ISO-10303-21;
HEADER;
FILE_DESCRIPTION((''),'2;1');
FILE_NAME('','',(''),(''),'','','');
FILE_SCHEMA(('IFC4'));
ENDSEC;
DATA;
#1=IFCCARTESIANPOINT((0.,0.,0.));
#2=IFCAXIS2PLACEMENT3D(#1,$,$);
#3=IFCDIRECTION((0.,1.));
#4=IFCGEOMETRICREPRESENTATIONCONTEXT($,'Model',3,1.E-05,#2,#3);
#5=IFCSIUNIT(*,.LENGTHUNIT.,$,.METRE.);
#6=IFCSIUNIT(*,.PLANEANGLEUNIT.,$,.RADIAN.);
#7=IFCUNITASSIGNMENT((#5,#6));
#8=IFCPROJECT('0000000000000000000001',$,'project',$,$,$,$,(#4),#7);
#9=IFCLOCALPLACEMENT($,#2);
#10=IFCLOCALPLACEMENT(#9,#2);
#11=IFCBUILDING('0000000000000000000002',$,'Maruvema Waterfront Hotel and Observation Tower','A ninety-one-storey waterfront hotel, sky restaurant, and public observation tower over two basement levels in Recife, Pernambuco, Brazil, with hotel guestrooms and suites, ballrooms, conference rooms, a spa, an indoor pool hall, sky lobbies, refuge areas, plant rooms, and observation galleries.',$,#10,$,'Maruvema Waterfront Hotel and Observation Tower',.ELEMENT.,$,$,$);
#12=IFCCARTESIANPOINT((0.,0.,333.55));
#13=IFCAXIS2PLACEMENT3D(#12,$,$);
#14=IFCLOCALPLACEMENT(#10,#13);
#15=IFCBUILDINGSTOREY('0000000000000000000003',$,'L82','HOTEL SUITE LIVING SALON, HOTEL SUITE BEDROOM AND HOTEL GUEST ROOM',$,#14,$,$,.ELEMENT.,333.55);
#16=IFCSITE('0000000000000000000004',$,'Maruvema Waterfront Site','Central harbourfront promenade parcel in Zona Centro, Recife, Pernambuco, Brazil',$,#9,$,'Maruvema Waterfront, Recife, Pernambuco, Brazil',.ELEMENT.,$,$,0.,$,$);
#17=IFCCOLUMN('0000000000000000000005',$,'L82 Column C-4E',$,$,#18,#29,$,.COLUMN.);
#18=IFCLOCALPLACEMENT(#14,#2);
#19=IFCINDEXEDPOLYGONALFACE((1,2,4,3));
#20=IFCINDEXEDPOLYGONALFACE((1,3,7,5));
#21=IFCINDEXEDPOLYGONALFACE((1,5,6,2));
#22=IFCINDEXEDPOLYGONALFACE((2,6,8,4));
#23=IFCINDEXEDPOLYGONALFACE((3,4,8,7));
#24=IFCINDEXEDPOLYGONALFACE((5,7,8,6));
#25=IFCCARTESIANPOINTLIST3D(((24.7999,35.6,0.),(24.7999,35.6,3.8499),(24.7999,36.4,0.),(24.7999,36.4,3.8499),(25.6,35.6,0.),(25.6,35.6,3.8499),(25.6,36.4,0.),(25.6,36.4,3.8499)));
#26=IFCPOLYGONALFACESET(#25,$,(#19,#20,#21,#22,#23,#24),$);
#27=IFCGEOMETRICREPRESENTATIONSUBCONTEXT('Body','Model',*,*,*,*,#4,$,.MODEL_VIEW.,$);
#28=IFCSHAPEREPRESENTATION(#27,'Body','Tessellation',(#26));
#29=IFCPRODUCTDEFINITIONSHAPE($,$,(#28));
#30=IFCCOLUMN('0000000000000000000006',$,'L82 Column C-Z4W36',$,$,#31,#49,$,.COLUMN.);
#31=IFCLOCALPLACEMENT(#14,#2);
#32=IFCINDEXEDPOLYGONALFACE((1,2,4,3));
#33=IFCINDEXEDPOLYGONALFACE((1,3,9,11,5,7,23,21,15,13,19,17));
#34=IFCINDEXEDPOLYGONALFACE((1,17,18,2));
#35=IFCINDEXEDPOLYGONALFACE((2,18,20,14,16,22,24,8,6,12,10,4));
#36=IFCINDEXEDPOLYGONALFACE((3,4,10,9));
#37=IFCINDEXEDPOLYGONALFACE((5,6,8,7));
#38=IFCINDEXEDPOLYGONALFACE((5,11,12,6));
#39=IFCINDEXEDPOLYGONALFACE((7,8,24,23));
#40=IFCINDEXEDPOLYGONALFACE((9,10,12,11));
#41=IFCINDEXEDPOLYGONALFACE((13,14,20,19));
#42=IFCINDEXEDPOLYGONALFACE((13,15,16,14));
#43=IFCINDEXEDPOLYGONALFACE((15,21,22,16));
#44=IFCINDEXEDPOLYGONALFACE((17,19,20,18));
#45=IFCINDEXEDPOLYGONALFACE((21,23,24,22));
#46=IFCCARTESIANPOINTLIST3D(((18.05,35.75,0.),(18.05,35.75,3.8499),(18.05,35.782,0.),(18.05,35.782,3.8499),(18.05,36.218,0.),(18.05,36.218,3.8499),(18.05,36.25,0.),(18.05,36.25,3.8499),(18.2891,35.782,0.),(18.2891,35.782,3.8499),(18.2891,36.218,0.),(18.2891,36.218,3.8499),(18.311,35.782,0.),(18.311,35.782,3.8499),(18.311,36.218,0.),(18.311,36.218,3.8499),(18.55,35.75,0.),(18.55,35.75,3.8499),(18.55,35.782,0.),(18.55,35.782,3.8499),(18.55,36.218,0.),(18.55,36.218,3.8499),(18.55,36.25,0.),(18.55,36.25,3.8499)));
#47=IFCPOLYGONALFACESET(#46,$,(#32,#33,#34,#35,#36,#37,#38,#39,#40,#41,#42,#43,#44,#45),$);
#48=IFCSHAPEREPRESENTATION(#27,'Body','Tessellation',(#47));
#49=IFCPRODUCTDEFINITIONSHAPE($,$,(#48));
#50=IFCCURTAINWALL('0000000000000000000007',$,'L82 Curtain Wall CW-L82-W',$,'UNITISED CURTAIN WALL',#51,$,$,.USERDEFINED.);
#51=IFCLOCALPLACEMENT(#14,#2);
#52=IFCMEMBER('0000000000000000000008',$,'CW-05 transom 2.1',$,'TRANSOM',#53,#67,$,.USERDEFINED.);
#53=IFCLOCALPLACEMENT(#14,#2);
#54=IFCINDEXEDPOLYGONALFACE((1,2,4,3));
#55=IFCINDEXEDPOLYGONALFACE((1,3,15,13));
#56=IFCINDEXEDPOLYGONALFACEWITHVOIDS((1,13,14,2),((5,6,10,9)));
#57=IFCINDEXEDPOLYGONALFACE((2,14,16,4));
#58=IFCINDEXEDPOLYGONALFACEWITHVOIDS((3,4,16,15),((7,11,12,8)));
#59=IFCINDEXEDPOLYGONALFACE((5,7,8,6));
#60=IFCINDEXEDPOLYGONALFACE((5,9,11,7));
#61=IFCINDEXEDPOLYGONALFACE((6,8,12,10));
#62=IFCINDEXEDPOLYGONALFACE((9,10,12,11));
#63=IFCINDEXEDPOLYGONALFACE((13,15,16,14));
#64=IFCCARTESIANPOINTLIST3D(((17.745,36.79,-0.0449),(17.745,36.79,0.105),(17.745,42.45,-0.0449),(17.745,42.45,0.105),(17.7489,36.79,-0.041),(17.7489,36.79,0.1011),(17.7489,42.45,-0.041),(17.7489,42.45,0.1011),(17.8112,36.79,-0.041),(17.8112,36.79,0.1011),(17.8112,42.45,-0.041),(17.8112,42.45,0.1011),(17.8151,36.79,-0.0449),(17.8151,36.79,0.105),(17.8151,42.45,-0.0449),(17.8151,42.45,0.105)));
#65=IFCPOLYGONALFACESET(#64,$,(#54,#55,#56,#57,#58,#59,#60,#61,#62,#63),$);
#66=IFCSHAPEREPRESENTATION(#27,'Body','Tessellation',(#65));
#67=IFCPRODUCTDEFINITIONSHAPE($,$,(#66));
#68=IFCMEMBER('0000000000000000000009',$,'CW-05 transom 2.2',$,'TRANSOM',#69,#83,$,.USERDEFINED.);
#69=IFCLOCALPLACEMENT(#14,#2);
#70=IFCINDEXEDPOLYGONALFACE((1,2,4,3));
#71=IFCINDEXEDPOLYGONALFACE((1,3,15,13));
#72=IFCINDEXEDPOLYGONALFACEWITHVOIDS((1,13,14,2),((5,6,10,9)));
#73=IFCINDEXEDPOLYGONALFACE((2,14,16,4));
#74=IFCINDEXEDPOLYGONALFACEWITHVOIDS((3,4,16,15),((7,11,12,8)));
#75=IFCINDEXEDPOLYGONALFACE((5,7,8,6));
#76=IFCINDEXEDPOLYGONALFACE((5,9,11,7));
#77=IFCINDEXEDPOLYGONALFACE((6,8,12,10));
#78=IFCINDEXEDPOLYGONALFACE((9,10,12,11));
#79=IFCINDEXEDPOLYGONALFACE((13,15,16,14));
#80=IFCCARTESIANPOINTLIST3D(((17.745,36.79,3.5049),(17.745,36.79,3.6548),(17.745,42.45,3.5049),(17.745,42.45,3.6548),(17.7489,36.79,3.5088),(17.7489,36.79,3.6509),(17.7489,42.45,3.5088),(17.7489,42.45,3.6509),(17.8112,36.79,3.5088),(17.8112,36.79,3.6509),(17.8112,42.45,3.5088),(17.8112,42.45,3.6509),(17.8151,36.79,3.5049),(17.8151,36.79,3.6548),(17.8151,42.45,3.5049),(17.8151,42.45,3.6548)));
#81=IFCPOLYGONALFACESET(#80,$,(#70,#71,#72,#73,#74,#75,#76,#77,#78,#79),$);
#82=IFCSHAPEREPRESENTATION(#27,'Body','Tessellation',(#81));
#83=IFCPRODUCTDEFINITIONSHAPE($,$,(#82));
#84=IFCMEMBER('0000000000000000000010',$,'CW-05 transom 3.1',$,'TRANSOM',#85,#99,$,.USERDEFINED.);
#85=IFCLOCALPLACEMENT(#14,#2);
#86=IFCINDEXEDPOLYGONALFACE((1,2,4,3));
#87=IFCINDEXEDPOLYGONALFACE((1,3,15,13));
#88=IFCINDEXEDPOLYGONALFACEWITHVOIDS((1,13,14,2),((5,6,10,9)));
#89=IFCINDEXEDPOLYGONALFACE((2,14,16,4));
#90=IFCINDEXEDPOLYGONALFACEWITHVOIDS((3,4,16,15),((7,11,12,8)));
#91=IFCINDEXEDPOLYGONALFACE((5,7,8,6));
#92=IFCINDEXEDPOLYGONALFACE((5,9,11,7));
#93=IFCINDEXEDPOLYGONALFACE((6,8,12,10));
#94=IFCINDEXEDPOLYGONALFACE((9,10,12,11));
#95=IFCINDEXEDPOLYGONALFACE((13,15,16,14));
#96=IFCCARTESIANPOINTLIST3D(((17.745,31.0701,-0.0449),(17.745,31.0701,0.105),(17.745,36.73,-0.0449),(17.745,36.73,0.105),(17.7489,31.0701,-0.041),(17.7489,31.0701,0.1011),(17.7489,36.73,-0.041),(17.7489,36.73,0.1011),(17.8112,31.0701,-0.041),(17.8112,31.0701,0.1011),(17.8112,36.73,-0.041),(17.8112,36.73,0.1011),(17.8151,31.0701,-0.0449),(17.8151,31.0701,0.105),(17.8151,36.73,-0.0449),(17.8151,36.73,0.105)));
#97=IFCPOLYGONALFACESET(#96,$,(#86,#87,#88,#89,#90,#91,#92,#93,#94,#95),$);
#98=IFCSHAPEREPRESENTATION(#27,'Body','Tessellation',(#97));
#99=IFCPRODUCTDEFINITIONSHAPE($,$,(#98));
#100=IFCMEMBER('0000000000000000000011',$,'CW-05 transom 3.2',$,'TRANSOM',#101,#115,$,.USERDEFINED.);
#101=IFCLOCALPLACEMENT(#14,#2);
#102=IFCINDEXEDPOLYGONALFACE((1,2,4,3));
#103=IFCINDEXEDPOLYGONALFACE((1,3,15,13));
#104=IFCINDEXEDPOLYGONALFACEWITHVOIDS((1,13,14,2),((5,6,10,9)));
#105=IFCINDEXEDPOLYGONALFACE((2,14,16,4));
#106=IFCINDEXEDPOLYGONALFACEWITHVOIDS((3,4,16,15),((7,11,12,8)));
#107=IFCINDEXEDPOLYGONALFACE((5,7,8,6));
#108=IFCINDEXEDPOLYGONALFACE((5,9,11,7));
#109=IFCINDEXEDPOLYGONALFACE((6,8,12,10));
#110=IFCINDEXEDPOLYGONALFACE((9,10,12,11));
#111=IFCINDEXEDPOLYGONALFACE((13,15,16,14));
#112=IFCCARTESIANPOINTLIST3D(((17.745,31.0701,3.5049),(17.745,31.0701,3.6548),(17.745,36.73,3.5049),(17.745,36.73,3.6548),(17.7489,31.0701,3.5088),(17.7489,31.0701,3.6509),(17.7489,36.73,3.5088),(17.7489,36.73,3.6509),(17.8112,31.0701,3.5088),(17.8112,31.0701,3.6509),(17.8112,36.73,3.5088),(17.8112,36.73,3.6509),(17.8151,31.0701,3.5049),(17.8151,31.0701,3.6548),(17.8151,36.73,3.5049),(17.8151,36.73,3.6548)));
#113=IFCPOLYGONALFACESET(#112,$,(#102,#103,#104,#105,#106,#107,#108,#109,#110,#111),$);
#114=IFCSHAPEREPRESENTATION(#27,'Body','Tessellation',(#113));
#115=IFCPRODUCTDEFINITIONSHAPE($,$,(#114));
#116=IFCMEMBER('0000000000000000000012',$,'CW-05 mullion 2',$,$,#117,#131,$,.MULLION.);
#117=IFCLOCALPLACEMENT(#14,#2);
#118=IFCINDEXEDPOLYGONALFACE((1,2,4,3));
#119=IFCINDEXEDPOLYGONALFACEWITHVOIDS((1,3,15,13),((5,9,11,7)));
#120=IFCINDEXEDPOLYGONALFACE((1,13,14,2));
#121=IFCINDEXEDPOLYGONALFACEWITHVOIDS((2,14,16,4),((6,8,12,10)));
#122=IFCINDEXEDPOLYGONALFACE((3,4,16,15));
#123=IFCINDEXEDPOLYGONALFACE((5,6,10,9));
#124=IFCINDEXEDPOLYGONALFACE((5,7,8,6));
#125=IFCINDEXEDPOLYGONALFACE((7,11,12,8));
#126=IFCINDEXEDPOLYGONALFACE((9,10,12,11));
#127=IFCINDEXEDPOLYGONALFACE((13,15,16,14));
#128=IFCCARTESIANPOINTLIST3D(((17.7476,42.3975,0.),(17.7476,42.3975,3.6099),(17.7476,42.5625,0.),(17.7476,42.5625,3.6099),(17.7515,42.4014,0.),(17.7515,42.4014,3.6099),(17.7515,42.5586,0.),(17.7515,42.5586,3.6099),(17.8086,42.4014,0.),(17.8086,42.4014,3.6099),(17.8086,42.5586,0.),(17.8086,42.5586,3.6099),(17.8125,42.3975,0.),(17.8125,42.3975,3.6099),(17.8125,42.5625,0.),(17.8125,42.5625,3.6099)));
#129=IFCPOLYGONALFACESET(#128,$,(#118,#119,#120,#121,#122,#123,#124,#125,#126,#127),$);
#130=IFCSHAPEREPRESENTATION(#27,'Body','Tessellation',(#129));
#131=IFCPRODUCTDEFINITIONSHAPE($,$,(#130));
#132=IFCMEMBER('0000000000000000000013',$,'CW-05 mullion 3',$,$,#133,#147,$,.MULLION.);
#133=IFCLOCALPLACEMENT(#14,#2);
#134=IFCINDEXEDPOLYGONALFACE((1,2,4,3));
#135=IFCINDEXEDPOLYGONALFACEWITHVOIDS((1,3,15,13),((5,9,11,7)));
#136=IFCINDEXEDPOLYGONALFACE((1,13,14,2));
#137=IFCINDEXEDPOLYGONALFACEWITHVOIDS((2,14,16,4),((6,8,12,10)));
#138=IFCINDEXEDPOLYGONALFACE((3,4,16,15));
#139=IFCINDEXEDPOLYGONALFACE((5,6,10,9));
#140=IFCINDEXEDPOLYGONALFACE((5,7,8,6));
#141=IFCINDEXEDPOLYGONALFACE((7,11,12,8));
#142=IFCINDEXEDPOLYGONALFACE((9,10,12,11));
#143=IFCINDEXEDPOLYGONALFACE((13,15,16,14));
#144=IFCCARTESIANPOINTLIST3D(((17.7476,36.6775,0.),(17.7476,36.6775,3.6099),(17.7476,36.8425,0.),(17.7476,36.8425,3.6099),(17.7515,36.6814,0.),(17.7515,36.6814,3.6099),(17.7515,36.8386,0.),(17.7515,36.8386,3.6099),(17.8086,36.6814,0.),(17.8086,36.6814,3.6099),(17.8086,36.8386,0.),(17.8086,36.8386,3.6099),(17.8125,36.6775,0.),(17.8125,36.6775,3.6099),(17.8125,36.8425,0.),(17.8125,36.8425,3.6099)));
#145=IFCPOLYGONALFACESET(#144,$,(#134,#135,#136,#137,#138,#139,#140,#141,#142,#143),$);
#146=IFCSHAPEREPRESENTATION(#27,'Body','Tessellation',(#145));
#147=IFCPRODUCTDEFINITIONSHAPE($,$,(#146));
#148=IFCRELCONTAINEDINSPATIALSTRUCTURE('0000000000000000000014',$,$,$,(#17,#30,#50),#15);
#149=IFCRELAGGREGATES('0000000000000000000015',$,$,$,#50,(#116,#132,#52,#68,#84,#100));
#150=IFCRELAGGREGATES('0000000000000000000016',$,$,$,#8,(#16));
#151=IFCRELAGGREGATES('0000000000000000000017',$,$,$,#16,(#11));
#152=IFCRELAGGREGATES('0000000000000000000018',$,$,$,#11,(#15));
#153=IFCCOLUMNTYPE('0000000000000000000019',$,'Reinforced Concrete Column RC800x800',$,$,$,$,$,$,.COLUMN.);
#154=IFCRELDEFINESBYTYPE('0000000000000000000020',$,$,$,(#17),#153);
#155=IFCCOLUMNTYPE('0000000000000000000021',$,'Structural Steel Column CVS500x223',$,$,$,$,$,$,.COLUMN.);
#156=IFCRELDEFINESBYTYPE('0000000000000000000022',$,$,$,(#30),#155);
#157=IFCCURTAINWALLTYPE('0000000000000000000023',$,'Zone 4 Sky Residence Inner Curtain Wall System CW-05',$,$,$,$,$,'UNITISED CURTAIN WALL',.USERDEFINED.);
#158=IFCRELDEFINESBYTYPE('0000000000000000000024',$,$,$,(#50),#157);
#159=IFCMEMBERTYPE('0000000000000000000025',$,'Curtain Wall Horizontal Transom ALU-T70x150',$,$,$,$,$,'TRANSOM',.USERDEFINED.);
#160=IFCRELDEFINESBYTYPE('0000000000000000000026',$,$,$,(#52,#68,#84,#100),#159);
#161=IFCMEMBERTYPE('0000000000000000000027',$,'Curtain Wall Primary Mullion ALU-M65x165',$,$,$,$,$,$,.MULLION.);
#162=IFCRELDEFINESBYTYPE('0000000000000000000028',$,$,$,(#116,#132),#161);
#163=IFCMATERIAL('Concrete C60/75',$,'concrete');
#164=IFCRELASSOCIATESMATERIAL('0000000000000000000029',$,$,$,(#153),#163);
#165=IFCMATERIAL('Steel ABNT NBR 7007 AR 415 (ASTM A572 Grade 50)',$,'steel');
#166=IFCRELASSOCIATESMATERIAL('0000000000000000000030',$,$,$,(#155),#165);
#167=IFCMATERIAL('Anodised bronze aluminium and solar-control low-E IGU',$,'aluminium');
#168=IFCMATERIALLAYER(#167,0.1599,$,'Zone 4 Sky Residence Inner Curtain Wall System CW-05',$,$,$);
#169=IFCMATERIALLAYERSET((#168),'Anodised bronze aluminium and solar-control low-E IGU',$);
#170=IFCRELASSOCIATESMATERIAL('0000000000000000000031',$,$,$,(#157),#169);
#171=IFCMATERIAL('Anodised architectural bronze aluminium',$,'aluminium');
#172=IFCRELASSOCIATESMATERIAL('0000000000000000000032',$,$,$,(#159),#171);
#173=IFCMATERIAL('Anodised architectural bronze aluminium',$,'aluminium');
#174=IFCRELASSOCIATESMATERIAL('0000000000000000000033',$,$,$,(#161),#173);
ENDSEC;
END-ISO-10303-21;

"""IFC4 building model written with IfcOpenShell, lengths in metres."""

from ifc_helpers import new_model, si_unit, direction, frame, origin, origin_2d, place, context, subcontext, project, spatial, rectangle, hollow_rectangle, i_section, extrude, material, layer, layer_set, material_profile, profile_set, type_object, element, aggregate, save


model = new_model("IFC4")

# Units and contexts
model_context = context("Model", 3, precision=1e-05, world=origin(), true_north=direction((0.0, 1.0)))
body_context = subcontext(model_context, "Body", "Model", "MODEL_VIEW")
ifc_project = project(units=[si_unit("LENGTHUNIT", "METRE"), si_unit("PLANEANGLEUNIT", "RADIAN")], contexts=[model_context])

# Site, building, storey
site_placement = place(None, origin())
site = spatial("IfcSite", under=ifc_project, at=site_placement, Name="Maruvema Waterfront Site", Description="Central harbourfront promenade parcel in Zona Centro, Recife, Pernambuco, Brazil", LongName="Maruvema Waterfront, Recife, Pernambuco, Brazil", CompositionType="ELEMENT", RefElevation=0.0)
building_placement = place(site_placement, origin())
building = spatial("IfcBuilding", under=site, at=building_placement, Name="Maruvema Waterfront Hotel and Observation Tower", Description="A ninety-one-storey waterfront hotel, sky restaurant, and public observation tower over two basement levels in Recife, Pernambuco, Brazil, with hotel guestrooms and suites, ballrooms, conference rooms, a spa, an indoor pool hall, sky lobbies, refuge areas, plant rooms, and observation galleries.", LongName="Maruvema Waterfront Hotel and Observation Tower", CompositionType="ELEMENT")
storey_placement = place(building_placement, frame((0.0, 0.0, 333.55)))
storey = spatial("IfcBuildingStorey", under=building, at=storey_placement, Name="L82", Description="HOTEL SUITE LIVING SALON, HOTEL SUITE BEDROOM AND HOTEL GUEST ROOM", CompositionType="ELEMENT", Elevation=333.55)

# Columns
ifc_material_1 = material(Name="Concrete C60/75", Category="concrete")
ifc_material_profile_1 = material_profile(ifc_material_1, rectangle(XDim=0.8, YDim=0.8, at=origin_2d()), Name="RC800x800")
ifc_profile_set_1 = profile_set([ifc_material_profile_1], Name="Concrete C60/75")
column_type_1 = type_object("IfcColumnType", Name="Reinforced Concrete Column RC800x800", PredefinedType="COLUMN", material=ifc_profile_set_1)
column_1_placement = place(storey_placement, frame((25.2, 36.0, 0.0), z_axis=(0.0, 0.0, 1.0), x_axis=(1.0, 0.0, 0.0)))
element("IfcColumn", 1, at=column_1_placement, inside=storey, type_object=column_type_1, Name="L82 Column C-4E", PredefinedType="COLUMN", context=body_context, shape_type="SweptSolid", body=[
    extrude(rectangle(XDim=0.8, YDim=0.8, at=origin_2d()), origin(), (0.0, 0.0, 1.0), 3.8499),
])
ifc_material_2 = material(Name="Steel ABNT NBR 7007 AR 415 (ASTM A572 Grade 50)", Category="steel")
ifc_material_profile_2 = material_profile(ifc_material_2, i_section(OverallWidth=0.5, OverallDepth=0.5, WebThickness=0.022, FlangeThickness=0.032, at=origin_2d()), Name="CVS500x223")
ifc_profile_set_2 = profile_set([ifc_material_profile_2], Name="Steel ABNT NBR 7007 AR 415 (ASTM A572 Grade 50)")
column_type_2 = type_object("IfcColumnType", Name="Structural Steel Column CVS500x223", PredefinedType="COLUMN", material=ifc_profile_set_2)
column_2_placement = place(storey_placement, frame((18.3, 36.0, 0.0), z_axis=(0.0, 0.0, 1.0), x_axis=(1.0, 0.0, 0.0)))
element("IfcColumn", 2, at=column_2_placement, inside=storey, type_object=column_type_2, Name="L82 Column C-Z4W36", PredefinedType="COLUMN", context=body_context, shape_type="SweptSolid", body=[
    extrude(i_section(OverallWidth=0.5, OverallDepth=0.5, WebThickness=0.022, FlangeThickness=0.032, at=origin_2d()), origin(), (0.0, 0.0, 1.0), 3.8499),
])

# Curtain wall, members
ifc_material_3 = material(Name="Anodised bronze aluminium and solar-control low-E IGU", Category="aluminium")
ifc_layer_1 = layer(ifc_material_3, 0.1599, Name="Zone 4 Sky Residence Inner Curtain Wall System CW-05")
ifc_layer_set_1 = layer_set([ifc_layer_1], Name="Anodised bronze aluminium and solar-control low-E IGU")
curtain_wall_type = type_object("IfcCurtainWallType", Name="Zone 4 Sky Residence Inner Curtain Wall System CW-05", ElementType="UNITISED CURTAIN WALL", PredefinedType="USERDEFINED", material=ifc_layer_set_1)
curtain_wall_placement = place(storey_placement, origin())
curtain_wall = element("IfcCurtainWall", 3, at=curtain_wall_placement, inside=storey, type_object=curtain_wall_type, Name="L82 Curtain Wall CW-L82-W", ObjectType="UNITISED CURTAIN WALL", PredefinedType="USERDEFINED")
ifc_material_4 = material(Name="Anodised architectural bronze aluminium", Category="aluminium")
ifc_material_profile_3 = material_profile(ifc_material_4, hollow_rectangle(XDim=0.0701, YDim=0.1499, WallThickness=0.0039, at=origin_2d()), Name="ALU-T70x150")
ifc_profile_set_3 = profile_set([ifc_material_profile_3], Name="Anodised architectural bronze aluminium")
member_type_1 = type_object("IfcMemberType", Name="Curtain Wall Horizontal Transom ALU-T70x150", ElementType="TRANSOM", PredefinedType="USERDEFINED", material=ifc_profile_set_3)
member_1_placement = place(storey_placement, frame((17.78, 42.45, 0.03), z_axis=(0.0, -1.0, 0.0), x_axis=(1.0, 0.0, 0.0)))
member_1 = element("IfcMember", 4, at=member_1_placement, type_object=member_type_1, Name="CW-05 transom 2.1", ObjectType="TRANSOM", PredefinedType="USERDEFINED", context=body_context, shape_type="SweptSolid", body=[
    extrude(hollow_rectangle(XDim=0.0701, YDim=0.1499, WallThickness=0.0039, at=origin_2d()), origin(), (0.0, 0.0, 1.0), 5.6599),
])
member_2_placement = place(storey_placement, frame((17.78, 42.45, 3.5798), z_axis=(0.0, -1.0, 0.0), x_axis=(1.0, 0.0, 0.0)))
member_2 = element("IfcMember", 5, at=member_2_placement, type_object=member_type_1, Name="CW-05 transom 2.2", ObjectType="TRANSOM", PredefinedType="USERDEFINED", context=body_context, shape_type="SweptSolid", body=[
    extrude(hollow_rectangle(XDim=0.0701, YDim=0.1499, WallThickness=0.0039, at=origin_2d()), origin(), (0.0, 0.0, 1.0), 5.6599),
])
member_3_placement = place(storey_placement, frame((17.78, 36.73, 0.03), z_axis=(0.0, -1.0, 0.0), x_axis=(1.0, 0.0, 0.0)))
member_3 = element("IfcMember", 6, at=member_3_placement, type_object=member_type_1, Name="CW-05 transom 3.1", ObjectType="TRANSOM", PredefinedType="USERDEFINED", context=body_context, shape_type="SweptSolid", body=[
    extrude(hollow_rectangle(XDim=0.0701, YDim=0.1499, WallThickness=0.0039, at=origin_2d()), origin(), (0.0, 0.0, 1.0), 5.6599),
])
member_4_placement = place(storey_placement, frame((17.78, 36.73, 3.5798), z_axis=(0.0, -1.0, 0.0), x_axis=(1.0, 0.0, 0.0)))
member_4 = element("IfcMember", 7, at=member_4_placement, type_object=member_type_1, Name="CW-05 transom 3.2", ObjectType="TRANSOM", PredefinedType="USERDEFINED", context=body_context, shape_type="SweptSolid", body=[
    extrude(hollow_rectangle(XDim=0.0701, YDim=0.1499, WallThickness=0.0039, at=origin_2d()), origin(), (0.0, 0.0, 1.0), 5.6599),
])
ifc_material_5 = material(Name="Anodised architectural bronze aluminium", Category="aluminium")
ifc_material_profile_4 = material_profile(ifc_material_5, hollow_rectangle(XDim=0.0649, YDim=0.165, WallThickness=0.0039, at=origin_2d()), Name="ALU-M65x165")
ifc_profile_set_4 = profile_set([ifc_material_profile_4], Name="Anodised architectural bronze aluminium")
member_type_2 = type_object("IfcMemberType", Name="Curtain Wall Primary Mullion ALU-M65x165", PredefinedType="MULLION", material=ifc_profile_set_4)
member_5_placement = place(storey_placement, frame((17.78, 42.48, 0.0), z_axis=(0.0, 0.0, 1.0), x_axis=(1.0, 0.0, 0.0)))
member_5 = element("IfcMember", 8, at=member_5_placement, type_object=member_type_2, Name="CW-05 mullion 2", PredefinedType="MULLION", context=body_context, shape_type="SweptSolid", body=[
    extrude(hollow_rectangle(XDim=0.0649, YDim=0.165, WallThickness=0.0039, at=origin_2d()), origin(), (0.0, 0.0, 1.0), 3.6099),
])
member_6_placement = place(storey_placement, frame((17.78, 36.76, 0.0), z_axis=(0.0, 0.0, 1.0), x_axis=(1.0, 0.0, 0.0)))
member_6 = element("IfcMember", 9, at=member_6_placement, type_object=member_type_2, Name="CW-05 mullion 3", PredefinedType="MULLION", context=body_context, shape_type="SweptSolid", body=[
    extrude(hollow_rectangle(XDim=0.0649, YDim=0.165, WallThickness=0.0039, at=origin_2d()), origin(), (0.0, 0.0, 1.0), 3.6099),
])

aggregate(curtain_wall, [member_5, member_6, member_1, member_2, member_3, member_4])

save(model, "model.ifc")
